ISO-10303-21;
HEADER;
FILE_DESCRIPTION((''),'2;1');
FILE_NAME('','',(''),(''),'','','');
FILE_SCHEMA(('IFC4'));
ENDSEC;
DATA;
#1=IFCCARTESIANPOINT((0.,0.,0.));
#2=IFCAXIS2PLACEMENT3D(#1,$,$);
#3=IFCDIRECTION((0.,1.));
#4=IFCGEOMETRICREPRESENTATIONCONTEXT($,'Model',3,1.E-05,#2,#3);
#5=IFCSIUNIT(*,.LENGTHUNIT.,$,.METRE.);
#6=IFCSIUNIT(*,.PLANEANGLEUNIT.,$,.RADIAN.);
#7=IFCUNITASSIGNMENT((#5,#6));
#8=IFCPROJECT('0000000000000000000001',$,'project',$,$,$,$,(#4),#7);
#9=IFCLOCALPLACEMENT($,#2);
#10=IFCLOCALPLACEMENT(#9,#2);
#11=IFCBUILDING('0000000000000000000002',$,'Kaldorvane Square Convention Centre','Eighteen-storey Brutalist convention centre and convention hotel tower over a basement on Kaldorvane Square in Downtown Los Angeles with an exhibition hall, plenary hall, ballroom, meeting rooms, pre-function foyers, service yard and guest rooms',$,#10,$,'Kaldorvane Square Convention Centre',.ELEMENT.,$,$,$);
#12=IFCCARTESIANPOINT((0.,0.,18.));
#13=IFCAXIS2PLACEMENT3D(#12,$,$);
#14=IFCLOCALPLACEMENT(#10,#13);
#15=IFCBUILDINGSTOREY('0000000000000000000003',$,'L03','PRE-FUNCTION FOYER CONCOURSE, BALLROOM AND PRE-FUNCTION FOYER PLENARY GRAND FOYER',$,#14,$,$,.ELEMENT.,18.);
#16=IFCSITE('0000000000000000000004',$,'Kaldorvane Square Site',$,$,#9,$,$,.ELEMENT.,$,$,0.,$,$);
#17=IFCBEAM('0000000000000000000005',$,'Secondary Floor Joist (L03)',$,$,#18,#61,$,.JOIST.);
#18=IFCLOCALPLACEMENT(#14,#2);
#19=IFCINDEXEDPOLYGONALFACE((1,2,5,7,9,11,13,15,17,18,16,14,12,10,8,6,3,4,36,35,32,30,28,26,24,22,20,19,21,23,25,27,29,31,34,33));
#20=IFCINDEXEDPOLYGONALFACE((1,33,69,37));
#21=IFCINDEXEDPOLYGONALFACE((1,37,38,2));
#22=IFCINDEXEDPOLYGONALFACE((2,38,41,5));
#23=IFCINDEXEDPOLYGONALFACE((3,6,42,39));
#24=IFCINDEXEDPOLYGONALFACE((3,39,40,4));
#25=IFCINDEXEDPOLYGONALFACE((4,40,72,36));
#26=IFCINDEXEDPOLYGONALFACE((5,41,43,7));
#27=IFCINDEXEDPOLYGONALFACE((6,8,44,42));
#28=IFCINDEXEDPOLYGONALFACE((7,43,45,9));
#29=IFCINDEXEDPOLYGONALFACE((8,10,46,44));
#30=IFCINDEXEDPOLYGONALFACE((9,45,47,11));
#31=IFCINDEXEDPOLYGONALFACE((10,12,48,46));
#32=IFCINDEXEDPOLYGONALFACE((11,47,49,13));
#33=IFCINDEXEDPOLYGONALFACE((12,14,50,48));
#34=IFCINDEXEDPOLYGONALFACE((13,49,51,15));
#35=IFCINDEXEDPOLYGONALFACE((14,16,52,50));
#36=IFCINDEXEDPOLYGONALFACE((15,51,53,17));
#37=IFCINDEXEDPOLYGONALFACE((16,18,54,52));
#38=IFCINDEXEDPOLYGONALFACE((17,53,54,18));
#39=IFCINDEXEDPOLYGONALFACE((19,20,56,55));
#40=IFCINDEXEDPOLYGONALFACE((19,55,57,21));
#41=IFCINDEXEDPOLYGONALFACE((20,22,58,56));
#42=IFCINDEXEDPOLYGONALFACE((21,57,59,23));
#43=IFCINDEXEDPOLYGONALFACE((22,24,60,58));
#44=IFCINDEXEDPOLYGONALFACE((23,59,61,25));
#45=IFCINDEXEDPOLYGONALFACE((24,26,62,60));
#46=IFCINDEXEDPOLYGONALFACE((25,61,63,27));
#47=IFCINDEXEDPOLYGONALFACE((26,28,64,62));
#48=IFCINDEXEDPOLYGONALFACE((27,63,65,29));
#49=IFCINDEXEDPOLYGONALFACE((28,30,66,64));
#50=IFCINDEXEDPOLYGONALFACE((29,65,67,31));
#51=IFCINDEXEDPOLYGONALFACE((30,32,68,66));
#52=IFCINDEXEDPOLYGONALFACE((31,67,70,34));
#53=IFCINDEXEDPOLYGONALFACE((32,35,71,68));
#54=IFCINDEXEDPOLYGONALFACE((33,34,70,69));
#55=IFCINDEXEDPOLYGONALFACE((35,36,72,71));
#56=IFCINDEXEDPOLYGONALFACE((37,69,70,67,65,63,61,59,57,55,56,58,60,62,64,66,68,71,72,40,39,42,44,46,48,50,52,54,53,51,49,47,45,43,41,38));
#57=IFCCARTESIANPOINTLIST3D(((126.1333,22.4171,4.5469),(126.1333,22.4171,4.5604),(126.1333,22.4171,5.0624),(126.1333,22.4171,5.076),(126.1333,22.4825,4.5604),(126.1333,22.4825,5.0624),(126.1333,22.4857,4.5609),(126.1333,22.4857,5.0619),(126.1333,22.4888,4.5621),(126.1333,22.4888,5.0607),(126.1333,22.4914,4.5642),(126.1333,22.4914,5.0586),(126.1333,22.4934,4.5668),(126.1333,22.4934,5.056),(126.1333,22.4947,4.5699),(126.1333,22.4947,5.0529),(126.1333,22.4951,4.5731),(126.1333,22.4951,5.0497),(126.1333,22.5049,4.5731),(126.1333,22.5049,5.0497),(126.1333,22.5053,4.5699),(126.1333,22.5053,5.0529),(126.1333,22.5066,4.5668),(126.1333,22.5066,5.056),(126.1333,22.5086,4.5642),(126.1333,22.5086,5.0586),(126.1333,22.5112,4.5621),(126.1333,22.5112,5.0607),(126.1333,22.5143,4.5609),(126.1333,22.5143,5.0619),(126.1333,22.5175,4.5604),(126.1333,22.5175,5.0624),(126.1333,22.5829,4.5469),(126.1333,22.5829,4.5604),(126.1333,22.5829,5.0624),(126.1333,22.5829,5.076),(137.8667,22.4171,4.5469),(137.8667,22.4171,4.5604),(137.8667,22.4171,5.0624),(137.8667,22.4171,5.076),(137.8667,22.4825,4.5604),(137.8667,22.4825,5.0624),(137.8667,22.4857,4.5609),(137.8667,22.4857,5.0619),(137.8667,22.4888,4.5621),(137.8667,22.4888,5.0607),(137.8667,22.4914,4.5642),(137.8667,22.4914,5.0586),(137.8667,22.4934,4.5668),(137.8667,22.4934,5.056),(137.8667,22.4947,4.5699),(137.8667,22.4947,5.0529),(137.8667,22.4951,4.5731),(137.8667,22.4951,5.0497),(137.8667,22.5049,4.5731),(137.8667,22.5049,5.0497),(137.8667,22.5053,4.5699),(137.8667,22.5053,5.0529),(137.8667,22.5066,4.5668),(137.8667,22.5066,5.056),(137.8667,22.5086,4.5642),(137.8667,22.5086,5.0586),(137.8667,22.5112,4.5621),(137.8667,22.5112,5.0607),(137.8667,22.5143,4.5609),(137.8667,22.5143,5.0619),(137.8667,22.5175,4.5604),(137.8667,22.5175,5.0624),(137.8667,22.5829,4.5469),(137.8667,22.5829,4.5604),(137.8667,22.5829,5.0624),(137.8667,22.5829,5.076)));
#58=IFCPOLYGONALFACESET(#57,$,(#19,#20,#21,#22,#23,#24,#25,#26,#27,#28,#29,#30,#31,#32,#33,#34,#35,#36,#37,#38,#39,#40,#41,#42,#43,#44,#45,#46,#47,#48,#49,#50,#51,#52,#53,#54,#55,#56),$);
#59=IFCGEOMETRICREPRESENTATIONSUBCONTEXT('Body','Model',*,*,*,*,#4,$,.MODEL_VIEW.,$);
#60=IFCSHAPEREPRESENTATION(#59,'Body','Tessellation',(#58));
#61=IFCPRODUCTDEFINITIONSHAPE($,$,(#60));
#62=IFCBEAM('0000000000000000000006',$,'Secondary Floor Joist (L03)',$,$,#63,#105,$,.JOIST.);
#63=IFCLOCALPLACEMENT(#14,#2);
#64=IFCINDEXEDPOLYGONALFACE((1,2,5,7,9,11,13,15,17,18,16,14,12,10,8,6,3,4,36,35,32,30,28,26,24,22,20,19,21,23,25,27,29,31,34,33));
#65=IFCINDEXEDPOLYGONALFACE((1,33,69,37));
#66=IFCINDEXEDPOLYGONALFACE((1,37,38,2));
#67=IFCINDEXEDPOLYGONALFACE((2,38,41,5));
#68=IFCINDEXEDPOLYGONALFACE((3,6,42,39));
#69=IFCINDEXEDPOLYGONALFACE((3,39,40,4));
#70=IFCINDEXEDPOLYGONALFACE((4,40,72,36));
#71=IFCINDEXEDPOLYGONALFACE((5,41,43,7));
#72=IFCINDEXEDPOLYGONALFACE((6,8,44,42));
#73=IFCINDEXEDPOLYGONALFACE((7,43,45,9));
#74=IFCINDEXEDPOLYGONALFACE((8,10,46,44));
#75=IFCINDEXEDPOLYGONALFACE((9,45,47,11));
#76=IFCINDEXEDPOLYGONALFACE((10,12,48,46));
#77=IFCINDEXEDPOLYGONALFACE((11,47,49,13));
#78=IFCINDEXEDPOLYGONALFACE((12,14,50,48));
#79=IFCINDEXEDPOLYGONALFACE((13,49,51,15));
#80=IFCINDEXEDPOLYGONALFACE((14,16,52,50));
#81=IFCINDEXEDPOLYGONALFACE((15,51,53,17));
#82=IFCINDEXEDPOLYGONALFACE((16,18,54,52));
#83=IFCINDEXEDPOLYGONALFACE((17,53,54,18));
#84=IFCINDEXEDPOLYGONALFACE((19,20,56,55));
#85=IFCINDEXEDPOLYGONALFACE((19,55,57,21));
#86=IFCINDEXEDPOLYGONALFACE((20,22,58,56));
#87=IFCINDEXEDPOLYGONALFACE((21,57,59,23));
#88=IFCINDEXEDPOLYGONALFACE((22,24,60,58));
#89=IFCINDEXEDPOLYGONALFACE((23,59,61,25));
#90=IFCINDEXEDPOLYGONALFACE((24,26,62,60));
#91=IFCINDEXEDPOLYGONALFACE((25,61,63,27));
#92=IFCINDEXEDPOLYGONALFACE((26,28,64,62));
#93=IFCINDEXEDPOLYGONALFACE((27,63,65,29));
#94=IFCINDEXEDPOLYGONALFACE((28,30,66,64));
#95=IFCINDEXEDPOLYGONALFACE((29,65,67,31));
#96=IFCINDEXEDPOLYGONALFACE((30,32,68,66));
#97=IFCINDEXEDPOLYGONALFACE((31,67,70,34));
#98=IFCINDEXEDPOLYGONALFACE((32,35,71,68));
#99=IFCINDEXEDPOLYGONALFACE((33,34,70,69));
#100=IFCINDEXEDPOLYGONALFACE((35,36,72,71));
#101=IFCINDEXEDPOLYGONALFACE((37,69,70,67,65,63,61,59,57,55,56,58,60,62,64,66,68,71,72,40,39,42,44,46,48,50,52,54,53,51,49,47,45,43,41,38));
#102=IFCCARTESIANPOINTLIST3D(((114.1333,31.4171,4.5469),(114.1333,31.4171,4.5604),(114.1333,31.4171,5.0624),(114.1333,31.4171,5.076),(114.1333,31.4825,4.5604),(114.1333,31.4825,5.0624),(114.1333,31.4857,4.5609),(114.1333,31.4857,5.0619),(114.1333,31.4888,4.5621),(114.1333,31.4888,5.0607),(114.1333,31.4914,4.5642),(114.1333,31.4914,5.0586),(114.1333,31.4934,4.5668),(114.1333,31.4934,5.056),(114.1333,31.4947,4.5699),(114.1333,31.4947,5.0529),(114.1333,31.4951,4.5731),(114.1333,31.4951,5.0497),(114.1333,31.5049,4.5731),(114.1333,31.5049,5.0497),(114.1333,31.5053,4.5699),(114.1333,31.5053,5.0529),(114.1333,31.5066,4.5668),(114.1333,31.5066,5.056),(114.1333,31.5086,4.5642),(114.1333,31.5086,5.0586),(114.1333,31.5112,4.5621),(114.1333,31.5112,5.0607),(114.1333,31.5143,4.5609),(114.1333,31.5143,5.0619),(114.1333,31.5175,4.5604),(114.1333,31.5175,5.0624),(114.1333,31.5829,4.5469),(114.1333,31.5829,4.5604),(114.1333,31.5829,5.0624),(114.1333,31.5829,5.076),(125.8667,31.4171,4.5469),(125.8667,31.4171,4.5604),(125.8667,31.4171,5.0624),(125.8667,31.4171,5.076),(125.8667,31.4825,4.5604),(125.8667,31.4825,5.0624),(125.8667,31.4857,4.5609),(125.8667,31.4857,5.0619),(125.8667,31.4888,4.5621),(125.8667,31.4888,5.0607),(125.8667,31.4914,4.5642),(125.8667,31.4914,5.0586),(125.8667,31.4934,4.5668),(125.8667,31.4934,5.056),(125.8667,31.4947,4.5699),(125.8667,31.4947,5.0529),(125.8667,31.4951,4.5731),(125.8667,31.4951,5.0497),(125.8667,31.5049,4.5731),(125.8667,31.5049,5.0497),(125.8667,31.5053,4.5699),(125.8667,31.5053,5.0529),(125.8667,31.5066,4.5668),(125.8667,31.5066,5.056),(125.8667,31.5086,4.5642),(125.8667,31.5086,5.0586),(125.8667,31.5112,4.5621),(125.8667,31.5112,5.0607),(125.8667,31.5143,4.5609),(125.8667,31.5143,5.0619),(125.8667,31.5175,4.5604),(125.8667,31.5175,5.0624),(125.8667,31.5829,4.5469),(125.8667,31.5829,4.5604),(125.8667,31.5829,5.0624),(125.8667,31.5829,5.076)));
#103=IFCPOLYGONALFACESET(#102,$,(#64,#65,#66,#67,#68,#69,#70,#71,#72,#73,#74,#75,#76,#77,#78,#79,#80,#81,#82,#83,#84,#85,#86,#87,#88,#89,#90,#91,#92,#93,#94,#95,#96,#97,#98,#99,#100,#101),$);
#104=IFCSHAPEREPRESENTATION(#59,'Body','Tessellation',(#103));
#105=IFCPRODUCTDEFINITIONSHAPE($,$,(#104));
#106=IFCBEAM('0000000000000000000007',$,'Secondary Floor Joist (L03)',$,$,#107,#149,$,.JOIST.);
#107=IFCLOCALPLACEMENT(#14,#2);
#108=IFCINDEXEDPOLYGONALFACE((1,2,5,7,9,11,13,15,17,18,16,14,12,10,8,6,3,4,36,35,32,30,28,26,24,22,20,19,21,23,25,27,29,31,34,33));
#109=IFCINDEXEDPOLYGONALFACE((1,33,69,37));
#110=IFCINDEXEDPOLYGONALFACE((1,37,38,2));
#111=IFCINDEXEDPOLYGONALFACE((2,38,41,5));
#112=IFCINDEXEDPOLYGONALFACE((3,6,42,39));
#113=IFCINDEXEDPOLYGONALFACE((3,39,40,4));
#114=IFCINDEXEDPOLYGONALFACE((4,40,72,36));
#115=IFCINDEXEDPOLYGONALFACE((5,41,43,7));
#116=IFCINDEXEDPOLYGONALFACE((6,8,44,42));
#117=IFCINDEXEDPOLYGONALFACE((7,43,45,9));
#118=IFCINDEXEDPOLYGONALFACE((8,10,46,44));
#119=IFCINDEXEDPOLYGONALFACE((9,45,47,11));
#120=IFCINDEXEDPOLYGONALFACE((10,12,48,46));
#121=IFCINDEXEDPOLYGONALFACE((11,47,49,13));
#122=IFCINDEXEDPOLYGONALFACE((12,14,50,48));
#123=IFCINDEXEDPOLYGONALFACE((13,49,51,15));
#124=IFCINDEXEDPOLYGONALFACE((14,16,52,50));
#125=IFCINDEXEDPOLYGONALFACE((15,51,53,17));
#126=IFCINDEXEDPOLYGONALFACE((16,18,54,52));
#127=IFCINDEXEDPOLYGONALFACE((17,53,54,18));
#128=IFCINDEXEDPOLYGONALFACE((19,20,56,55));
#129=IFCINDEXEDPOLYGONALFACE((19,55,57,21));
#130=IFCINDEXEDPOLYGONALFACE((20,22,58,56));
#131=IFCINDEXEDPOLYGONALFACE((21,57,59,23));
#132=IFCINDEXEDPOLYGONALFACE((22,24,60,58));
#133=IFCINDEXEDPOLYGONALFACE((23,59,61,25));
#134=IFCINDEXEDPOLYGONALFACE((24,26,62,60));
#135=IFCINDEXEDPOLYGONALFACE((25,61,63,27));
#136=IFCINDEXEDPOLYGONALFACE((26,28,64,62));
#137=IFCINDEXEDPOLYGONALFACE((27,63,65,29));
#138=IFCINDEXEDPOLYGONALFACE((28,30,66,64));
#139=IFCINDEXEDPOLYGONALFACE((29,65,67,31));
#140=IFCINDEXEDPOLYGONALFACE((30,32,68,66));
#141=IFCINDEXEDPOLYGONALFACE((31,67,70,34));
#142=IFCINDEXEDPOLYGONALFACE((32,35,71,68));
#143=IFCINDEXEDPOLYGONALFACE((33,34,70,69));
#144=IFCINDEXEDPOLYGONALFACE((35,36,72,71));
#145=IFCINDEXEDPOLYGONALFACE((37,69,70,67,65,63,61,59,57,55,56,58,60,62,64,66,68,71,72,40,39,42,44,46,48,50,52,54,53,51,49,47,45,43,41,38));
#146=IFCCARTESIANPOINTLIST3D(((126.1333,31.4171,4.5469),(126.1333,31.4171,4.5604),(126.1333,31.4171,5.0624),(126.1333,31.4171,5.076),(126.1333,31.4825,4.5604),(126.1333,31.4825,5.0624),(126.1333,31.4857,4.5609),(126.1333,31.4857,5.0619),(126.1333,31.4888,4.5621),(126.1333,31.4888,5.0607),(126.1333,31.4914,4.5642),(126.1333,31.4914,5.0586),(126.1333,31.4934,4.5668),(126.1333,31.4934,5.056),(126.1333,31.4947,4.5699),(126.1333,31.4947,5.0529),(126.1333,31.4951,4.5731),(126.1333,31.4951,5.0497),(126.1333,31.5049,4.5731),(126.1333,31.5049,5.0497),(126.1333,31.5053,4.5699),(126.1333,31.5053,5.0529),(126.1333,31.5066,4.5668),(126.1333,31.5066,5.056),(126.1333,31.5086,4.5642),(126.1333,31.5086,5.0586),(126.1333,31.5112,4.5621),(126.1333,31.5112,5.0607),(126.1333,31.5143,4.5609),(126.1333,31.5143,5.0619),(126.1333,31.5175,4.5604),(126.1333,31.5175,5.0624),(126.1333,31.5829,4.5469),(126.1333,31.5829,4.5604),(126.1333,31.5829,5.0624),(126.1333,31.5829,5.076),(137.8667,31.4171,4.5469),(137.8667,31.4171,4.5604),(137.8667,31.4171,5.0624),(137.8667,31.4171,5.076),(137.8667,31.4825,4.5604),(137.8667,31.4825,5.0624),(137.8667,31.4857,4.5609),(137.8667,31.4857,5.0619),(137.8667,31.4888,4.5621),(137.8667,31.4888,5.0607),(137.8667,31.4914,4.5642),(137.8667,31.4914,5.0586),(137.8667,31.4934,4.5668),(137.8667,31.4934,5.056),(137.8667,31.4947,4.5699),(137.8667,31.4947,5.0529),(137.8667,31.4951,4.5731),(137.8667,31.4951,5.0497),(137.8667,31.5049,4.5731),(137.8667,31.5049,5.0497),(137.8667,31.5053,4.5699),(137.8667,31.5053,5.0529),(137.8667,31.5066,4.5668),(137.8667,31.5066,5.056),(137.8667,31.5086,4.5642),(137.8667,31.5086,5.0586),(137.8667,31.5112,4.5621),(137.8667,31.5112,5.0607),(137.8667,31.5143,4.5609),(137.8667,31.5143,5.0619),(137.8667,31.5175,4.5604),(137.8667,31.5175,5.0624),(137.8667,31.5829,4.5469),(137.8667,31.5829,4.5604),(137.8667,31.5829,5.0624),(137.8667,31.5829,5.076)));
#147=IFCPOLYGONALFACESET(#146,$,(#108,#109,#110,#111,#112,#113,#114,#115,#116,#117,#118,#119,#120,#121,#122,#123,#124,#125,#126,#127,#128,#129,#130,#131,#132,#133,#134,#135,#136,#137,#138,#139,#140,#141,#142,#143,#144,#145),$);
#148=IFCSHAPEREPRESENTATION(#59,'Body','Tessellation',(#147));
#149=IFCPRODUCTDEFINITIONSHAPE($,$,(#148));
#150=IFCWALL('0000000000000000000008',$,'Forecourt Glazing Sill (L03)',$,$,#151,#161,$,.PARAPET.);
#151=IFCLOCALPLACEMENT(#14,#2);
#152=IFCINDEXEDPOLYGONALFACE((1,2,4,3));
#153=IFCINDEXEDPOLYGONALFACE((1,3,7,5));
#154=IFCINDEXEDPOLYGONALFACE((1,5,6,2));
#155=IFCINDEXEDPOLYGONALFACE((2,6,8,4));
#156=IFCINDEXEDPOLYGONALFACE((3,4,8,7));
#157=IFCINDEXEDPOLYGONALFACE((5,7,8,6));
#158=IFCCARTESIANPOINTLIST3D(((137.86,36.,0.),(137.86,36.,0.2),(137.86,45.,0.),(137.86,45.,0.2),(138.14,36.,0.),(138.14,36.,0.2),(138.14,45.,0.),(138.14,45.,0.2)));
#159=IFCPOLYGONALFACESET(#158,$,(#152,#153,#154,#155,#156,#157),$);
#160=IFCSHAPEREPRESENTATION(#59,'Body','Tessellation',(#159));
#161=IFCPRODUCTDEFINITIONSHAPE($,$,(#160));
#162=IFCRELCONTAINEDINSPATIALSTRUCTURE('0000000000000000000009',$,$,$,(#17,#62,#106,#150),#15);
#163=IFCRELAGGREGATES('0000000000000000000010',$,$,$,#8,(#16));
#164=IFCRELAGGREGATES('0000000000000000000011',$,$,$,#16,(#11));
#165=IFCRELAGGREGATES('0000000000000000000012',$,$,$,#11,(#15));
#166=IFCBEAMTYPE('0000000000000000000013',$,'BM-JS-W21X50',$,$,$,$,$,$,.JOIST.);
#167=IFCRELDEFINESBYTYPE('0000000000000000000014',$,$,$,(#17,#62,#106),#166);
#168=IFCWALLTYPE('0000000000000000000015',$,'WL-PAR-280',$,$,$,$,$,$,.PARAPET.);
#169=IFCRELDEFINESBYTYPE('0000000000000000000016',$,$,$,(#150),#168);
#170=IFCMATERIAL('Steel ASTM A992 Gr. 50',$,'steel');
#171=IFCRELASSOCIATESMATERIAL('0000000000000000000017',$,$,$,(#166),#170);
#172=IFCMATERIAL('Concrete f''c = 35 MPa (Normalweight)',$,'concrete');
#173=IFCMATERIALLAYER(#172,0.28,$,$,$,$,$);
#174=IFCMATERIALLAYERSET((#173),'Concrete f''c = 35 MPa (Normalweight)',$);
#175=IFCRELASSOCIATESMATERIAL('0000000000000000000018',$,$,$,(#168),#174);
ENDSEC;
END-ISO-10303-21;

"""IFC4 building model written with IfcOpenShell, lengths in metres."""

from ifc_helpers import new_model, si_unit, direction, frame, frame_2d, origin, origin_2d, place, context, subcontext, project, spatial, rectangle, i_section, extrude, material, layer, layer_set, material_profile, profile_set, type_object, element, save


model = new_model("IFC4")

# Units and contexts
model_context = context("Model", 3, precision=1e-05, world=origin(), true_north=direction((0.0, 1.0)))
body_context = subcontext(model_context, "Body", "Model", "MODEL_VIEW")
ifc_project = project(units=[si_unit("LENGTHUNIT", "METRE"), si_unit("PLANEANGLEUNIT", "RADIAN")], contexts=[model_context])

# Site, building, storey
site_placement = place(None, origin())
site = spatial("IfcSite", under=ifc_project, at=site_placement, Name="Kaldorvane Square Site", CompositionType="ELEMENT", RefElevation=0.0)
building_placement = place(site_placement, origin())
building = spatial("IfcBuilding", under=site, at=building_placement, Name="Kaldorvane Square Convention Centre", Description="Eighteen-storey Brutalist convention centre and convention hotel tower over a basement on Kaldorvane Square in Downtown Los Angeles with an exhibition hall, plenary hall, ballroom, meeting rooms, pre-function foyers, service yard and guest rooms", LongName="Kaldorvane Square Convention Centre", CompositionType="ELEMENT")
storey_placement = place(building_placement, frame((0.0, 0.0, 18.0)))
storey = spatial("IfcBuildingStorey", under=building, at=storey_placement, Name="L03", Description="PRE-FUNCTION FOYER CONCOURSE, BALLROOM AND PRE-FUNCTION FOYER PLENARY GRAND FOYER", CompositionType="ELEMENT", Elevation=18.0)

# Shared definitions
ifc_material_1 = material(Name="Steel ASTM A992 Gr. 50", Category="steel")

# Beams
ifc_material_profile_1 = material_profile(ifc_material_1, i_section(OverallWidth=0.1659, OverallDepth=0.5291, WebThickness=0.0097, FlangeThickness=0.0136, FilletRadius=0.0127, at=origin_2d()), Name="W21X50")
ifc_profile_set_1 = profile_set([ifc_material_profile_1], Name="Steel ASTM A992 Gr. 50")
beam_type_1 = type_object("IfcBeamType", Name="BM-JS-W21X50", PredefinedType="JOIST", material=ifc_profile_set_1)
for number, where, z_axis, x_axis, name in (
    (1, (126.1333, 22.5, 4.8114), (1.0, 0.0, 0.0), (0.0, 1.0, 0.0), "Secondary Floor Joist (L03)"),
    (2, (114.1333, 31.5, 4.8114), (1.0, 0.0, 0.0), (0.0, 1.0, 0.0), "Secondary Floor Joist (L03)"),
    (3, (126.1333, 31.5, 4.8114), (1.0, 0.0, 0.0), (0.0, 1.0, 0.0), "Secondary Floor Joist (L03)"),
):
    element("IfcBeam", number, at=place(storey_placement, frame(where, z_axis=z_axis, x_axis=x_axis)), inside=storey, type_object=beam_type_1, Name=name, PredefinedType="JOIST", context=body_context, shape_type="SweptSolid", body=[
        extrude(i_section(OverallWidth=0.1659, OverallDepth=0.5291, WebThickness=0.0097, FlangeThickness=0.0136, FilletRadius=0.0127, at=origin_2d()), origin(), (0.0, 0.0, 1.0), 11.7334),
    ])

# Wall
ifc_material_2 = material(Name="Concrete f'c = 35 MPa (Normalweight)", Category="concrete")
ifc_layer = layer(ifc_material_2, 0.28)
ifc_layer_set = layer_set([ifc_layer], Name="Concrete f'c = 35 MPa (Normalweight)")
wall_type = type_object("IfcWallType", Name="WL-PAR-280", PredefinedType="PARAPET", material=ifc_layer_set)
wall_placement = place(storey_placement, frame((138.0, 36.0, 0.0), z_axis=(0.0, 0.0, 1.0), x_axis=(0.0, 1.0, 0.0)))
element("IfcWall", 4, at=wall_placement, inside=storey, type_object=wall_type, Name="Forecourt Glazing Sill (L03)", PredefinedType="PARAPET", context=body_context, shape_type="SweptSolid", body=[
    extrude(rectangle(XDim=9.0, YDim=0.28, at=frame_2d((4.5, 0.0))), origin(), (0.0, 0.0, 1.0), 0.2),
])

save(model, "model.ifc")
